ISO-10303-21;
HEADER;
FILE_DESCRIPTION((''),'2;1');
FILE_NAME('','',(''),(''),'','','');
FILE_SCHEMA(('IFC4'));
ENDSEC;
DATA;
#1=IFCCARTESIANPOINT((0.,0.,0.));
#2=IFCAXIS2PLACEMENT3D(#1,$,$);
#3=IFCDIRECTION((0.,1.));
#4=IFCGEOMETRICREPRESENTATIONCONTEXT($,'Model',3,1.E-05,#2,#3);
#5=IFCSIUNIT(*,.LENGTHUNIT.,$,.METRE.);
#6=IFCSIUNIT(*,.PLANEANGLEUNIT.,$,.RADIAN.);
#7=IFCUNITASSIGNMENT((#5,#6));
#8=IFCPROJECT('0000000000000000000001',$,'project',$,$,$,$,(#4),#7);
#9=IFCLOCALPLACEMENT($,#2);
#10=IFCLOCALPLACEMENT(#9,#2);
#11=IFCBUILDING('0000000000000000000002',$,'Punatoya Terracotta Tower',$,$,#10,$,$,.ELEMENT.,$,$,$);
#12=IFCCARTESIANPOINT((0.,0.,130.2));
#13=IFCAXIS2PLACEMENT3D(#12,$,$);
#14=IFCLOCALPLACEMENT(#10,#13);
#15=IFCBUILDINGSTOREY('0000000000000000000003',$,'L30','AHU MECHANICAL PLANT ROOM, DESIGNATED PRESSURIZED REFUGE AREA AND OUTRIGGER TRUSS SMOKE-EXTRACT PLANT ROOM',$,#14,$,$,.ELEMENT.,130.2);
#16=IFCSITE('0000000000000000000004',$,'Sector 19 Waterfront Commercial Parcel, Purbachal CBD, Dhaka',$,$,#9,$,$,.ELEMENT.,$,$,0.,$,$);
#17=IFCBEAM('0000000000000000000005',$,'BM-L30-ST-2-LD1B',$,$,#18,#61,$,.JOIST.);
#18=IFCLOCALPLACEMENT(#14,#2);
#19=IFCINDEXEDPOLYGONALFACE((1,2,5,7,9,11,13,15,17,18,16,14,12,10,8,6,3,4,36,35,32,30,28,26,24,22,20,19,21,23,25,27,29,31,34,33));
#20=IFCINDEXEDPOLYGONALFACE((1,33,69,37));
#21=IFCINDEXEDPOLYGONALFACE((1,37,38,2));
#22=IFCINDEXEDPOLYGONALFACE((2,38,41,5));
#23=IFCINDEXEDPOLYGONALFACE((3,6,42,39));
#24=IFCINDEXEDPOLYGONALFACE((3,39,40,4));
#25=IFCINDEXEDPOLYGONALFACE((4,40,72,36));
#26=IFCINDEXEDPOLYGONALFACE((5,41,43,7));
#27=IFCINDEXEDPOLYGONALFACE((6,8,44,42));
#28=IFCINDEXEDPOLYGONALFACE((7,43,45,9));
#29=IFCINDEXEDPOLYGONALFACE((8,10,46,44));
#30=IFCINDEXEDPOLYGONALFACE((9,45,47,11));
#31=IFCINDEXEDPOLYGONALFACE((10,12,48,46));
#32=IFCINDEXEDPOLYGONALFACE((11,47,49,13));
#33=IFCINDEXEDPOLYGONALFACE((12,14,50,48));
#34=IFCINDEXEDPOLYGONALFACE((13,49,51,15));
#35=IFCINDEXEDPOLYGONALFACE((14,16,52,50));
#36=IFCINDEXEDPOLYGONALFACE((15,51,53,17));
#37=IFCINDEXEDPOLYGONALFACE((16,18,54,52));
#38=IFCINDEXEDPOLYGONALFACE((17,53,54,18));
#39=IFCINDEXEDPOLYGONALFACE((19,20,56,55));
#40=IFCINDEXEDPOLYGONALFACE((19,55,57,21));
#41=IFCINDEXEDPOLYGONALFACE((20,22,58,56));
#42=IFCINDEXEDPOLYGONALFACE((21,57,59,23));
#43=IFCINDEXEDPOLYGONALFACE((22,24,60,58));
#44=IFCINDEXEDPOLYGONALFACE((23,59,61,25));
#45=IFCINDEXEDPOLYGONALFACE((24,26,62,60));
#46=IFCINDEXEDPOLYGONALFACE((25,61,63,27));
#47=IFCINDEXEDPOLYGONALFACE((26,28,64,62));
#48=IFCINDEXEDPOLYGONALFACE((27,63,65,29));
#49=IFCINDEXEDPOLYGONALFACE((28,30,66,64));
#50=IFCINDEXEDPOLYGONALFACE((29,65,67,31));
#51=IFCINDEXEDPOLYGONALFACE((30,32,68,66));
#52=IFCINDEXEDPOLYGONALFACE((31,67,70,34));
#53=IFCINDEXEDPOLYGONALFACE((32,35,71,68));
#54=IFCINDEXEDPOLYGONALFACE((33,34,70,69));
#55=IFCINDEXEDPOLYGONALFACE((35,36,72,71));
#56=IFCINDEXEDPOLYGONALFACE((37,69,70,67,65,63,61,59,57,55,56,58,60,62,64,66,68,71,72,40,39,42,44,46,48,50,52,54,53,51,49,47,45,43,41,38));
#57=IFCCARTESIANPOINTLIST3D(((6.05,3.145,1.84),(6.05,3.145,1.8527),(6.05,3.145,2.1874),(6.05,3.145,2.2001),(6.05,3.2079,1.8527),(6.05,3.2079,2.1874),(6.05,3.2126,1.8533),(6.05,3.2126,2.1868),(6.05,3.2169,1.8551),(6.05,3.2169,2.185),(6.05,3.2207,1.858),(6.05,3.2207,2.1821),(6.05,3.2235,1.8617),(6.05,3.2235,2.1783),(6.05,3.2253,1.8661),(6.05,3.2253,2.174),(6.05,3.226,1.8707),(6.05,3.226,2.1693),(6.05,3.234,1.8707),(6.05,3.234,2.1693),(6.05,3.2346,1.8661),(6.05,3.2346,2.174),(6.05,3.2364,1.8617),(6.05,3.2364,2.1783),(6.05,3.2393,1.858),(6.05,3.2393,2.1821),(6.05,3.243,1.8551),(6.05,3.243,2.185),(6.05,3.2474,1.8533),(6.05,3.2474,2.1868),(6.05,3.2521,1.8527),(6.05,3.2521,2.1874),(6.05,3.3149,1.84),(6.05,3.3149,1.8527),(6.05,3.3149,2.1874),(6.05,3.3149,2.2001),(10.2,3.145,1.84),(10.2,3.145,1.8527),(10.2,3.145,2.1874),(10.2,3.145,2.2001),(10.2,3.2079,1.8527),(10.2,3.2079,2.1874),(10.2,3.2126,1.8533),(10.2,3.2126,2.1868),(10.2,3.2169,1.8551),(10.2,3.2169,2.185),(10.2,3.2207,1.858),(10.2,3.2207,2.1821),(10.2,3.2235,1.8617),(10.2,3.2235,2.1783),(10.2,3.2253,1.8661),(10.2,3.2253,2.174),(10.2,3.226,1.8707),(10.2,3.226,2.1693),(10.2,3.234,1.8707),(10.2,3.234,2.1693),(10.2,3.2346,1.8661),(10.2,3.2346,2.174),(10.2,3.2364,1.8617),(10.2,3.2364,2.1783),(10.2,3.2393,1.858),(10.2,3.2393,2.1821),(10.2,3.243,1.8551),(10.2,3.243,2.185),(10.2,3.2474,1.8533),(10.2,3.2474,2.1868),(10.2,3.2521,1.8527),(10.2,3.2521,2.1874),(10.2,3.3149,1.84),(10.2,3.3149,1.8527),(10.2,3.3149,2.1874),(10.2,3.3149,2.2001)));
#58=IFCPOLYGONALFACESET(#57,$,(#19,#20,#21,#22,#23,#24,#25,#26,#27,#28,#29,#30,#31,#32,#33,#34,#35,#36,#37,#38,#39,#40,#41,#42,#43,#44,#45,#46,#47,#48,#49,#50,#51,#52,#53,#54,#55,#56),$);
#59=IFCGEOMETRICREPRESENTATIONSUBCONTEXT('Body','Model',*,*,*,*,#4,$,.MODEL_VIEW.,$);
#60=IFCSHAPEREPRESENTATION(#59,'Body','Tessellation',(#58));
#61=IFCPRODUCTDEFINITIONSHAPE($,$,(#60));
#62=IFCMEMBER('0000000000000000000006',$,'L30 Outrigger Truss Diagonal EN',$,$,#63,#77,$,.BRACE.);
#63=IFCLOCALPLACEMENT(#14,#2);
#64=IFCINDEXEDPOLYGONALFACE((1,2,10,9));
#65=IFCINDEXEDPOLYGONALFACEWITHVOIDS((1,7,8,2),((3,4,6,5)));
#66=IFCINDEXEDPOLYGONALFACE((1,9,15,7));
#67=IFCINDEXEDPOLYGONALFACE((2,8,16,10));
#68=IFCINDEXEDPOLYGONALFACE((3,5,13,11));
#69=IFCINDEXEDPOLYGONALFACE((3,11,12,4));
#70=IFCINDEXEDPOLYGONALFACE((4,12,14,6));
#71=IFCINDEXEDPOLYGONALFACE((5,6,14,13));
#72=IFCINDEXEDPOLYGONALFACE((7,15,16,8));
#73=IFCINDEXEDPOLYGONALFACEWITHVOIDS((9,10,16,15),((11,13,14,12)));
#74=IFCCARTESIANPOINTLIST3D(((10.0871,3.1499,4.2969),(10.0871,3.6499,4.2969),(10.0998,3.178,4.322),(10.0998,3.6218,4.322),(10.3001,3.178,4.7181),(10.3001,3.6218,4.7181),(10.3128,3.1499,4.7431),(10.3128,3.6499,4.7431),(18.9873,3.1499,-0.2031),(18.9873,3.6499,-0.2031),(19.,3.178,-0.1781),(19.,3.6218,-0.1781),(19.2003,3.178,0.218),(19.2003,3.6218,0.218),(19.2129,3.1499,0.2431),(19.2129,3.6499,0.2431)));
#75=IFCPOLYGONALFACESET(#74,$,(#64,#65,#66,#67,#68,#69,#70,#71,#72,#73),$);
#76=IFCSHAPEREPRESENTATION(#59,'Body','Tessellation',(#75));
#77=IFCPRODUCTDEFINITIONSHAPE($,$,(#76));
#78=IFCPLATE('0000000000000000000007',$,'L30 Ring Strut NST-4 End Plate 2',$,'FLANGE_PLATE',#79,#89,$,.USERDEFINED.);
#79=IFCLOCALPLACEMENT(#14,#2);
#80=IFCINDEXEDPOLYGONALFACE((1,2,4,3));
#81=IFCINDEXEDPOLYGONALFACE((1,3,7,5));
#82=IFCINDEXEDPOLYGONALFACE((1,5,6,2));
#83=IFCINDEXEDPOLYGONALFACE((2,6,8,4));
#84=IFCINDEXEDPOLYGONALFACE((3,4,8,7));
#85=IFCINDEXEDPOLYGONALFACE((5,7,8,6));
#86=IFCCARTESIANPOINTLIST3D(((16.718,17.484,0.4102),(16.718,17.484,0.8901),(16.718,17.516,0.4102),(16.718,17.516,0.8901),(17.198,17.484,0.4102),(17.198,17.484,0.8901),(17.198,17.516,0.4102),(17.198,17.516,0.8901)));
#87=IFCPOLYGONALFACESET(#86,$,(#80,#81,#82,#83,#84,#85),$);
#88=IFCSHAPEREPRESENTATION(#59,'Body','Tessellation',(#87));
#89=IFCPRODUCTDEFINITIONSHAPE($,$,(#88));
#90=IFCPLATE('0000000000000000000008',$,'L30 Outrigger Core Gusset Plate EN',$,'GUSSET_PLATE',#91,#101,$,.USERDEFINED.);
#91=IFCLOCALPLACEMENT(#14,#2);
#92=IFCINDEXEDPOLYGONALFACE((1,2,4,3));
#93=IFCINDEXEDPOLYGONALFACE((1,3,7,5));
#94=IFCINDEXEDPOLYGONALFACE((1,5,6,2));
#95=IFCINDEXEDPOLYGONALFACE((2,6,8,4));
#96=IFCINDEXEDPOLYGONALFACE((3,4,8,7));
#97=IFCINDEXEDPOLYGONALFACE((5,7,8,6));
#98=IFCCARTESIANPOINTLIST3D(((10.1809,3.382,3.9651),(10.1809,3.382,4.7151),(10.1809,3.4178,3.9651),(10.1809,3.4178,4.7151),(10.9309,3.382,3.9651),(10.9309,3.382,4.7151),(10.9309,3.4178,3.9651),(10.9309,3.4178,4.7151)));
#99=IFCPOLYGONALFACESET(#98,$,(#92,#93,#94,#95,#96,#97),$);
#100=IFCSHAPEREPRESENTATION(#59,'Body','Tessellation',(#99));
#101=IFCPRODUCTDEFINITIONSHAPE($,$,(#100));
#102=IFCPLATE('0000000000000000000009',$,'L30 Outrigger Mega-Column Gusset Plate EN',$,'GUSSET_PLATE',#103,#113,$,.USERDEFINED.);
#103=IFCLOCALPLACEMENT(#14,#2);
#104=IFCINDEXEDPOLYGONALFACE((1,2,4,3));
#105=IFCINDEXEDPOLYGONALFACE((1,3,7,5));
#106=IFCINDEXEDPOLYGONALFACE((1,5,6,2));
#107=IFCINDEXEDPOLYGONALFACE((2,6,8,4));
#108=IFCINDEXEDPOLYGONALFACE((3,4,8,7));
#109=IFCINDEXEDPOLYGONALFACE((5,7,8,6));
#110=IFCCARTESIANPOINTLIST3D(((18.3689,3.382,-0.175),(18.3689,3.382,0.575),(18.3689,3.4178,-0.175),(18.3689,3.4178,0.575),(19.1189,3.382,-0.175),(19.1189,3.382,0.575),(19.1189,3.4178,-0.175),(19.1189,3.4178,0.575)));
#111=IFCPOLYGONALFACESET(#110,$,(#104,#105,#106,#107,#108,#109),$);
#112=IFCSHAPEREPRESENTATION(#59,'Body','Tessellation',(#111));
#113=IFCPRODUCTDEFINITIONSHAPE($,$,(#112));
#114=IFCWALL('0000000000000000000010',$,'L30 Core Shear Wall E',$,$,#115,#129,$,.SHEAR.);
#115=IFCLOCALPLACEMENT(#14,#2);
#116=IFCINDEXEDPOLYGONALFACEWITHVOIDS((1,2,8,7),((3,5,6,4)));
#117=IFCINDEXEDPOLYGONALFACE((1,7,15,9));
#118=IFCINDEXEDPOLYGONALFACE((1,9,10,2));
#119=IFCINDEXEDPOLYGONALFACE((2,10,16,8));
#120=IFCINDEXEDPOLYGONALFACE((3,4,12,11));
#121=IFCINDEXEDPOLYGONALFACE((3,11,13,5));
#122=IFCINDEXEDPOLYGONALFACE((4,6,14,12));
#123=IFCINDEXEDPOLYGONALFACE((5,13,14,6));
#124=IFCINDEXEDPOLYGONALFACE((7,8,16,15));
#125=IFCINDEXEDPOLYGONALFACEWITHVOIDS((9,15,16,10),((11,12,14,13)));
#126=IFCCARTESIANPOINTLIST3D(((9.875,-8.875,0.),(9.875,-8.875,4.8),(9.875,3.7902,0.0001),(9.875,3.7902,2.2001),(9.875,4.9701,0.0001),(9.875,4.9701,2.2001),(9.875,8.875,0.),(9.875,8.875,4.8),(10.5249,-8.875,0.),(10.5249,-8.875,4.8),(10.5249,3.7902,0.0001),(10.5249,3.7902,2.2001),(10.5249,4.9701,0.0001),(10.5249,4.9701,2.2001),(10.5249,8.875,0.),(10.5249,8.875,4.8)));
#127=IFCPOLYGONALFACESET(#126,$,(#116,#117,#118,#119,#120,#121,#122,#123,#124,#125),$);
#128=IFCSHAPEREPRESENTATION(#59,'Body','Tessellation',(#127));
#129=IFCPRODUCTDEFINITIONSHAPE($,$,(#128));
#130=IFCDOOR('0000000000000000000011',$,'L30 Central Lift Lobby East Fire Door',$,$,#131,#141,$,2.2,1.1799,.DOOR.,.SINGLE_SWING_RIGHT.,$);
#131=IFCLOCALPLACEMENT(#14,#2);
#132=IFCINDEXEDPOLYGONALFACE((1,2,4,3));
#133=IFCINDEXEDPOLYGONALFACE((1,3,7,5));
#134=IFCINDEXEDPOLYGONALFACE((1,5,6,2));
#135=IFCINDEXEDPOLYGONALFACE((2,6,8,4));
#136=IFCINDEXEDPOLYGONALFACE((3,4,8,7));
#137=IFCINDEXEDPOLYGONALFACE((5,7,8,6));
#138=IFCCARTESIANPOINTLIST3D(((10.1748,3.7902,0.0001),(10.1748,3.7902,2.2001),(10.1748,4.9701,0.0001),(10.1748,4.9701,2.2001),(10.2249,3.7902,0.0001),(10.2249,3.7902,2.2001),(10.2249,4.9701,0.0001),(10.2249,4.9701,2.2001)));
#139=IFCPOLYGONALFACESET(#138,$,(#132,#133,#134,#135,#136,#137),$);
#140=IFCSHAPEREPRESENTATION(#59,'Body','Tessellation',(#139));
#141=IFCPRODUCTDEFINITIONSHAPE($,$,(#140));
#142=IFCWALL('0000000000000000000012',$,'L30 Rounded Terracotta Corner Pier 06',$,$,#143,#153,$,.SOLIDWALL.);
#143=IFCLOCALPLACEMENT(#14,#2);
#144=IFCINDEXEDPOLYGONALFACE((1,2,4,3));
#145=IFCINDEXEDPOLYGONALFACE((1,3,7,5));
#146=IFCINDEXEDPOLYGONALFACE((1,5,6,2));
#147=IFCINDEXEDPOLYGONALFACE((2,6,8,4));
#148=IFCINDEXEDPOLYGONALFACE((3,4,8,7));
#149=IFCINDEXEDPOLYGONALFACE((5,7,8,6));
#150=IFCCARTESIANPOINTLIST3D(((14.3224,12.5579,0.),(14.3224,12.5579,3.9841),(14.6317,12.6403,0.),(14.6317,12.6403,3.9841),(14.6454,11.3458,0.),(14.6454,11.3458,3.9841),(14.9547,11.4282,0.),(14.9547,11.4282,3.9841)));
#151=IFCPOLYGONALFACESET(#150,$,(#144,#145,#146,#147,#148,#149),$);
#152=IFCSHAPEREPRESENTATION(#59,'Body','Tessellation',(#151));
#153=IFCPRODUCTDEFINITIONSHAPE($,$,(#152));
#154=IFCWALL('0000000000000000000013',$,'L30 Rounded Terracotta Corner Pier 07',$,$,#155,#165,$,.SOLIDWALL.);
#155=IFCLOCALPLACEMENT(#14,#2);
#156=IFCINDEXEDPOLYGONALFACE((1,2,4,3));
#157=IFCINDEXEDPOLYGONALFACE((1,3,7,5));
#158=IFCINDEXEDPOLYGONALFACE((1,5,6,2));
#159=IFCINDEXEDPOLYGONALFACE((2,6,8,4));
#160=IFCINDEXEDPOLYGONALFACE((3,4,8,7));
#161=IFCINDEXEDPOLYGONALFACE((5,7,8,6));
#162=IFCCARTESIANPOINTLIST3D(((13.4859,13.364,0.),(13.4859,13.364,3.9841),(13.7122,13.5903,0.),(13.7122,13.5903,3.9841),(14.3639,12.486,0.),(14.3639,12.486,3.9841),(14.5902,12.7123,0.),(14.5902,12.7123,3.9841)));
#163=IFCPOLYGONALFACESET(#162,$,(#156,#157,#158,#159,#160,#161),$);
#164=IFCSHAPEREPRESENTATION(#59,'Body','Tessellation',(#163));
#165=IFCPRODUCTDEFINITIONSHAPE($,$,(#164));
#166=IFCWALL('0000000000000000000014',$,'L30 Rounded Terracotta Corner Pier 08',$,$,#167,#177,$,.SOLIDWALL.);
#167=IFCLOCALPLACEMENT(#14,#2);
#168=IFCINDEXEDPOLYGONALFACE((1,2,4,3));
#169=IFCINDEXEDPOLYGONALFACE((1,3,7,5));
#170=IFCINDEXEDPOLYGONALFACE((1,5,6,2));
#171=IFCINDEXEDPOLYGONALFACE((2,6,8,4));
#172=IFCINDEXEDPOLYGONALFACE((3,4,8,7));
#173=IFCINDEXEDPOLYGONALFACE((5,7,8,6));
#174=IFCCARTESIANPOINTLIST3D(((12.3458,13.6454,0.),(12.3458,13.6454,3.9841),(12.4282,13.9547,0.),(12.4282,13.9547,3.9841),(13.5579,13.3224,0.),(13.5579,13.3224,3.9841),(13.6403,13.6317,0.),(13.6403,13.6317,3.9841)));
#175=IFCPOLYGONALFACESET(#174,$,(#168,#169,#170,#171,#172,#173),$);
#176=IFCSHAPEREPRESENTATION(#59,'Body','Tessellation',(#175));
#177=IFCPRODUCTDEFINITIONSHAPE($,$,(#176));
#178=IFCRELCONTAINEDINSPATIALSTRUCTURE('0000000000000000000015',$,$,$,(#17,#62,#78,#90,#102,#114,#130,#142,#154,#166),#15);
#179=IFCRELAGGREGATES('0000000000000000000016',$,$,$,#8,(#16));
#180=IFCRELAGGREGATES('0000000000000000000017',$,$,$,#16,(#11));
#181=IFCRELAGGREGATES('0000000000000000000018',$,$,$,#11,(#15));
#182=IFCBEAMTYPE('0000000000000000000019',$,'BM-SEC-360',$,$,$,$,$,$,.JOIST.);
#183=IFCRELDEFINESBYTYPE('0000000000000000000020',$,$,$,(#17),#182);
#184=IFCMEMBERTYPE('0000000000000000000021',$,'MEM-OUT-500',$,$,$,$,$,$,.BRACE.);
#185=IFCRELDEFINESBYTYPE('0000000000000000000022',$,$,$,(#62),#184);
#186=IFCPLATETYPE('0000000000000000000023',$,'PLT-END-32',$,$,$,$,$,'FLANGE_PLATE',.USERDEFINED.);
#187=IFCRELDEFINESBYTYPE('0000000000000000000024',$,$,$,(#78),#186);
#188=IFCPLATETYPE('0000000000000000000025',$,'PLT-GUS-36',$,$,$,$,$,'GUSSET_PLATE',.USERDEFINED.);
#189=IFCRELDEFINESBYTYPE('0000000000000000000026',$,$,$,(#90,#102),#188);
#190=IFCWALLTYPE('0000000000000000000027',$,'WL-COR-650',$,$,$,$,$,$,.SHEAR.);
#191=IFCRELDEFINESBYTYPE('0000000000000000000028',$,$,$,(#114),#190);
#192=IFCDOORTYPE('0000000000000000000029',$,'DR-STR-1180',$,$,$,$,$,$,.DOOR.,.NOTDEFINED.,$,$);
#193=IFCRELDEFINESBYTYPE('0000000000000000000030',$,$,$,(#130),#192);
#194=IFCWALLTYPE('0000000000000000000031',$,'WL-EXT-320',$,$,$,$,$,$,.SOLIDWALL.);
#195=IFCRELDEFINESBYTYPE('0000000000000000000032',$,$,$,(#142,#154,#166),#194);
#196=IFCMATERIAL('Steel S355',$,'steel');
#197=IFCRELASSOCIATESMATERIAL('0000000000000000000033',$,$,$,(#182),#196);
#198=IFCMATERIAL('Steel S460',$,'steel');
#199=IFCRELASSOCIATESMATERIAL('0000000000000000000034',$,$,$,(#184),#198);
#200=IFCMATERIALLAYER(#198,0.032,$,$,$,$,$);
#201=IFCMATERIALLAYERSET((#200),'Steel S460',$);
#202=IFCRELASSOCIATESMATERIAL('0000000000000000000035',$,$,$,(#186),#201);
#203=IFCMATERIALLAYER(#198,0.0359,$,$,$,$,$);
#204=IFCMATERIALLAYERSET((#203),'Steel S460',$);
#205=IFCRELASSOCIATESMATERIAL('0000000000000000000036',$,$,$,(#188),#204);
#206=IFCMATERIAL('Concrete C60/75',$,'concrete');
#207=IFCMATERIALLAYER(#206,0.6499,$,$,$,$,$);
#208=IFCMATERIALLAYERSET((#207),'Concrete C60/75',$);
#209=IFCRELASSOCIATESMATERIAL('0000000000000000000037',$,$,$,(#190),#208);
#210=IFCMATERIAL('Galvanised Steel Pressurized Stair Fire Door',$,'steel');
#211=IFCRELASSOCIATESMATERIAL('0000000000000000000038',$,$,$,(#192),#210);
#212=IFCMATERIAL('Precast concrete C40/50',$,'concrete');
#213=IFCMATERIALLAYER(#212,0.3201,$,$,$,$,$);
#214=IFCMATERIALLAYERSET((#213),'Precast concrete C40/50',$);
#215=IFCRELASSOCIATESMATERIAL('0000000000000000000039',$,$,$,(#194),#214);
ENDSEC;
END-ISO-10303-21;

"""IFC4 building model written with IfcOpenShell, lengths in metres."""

from ifc_helpers import new_model, si_unit, direction, frame, frame_2d, origin, origin_2d, place, context, subcontext, project, spatial, rectangle, hollow_rectangle, i_section, extrude, material, layer, layer_set, material_profile, profile_set, type_object, element, fill, save


model = new_model("IFC4")

# Units and contexts
model_context = context("Model", 3, precision=1e-05, world=origin(), true_north=direction((0.0, 1.0)))
body_context = subcontext(model_context, "Body", "Model", "MODEL_VIEW")
ifc_project = project(units=[si_unit("LENGTHUNIT", "METRE"), si_unit("PLANEANGLEUNIT", "RADIAN")], contexts=[model_context])

# Site, building, storey
site_placement = place(None, origin())
site = spatial("IfcSite", under=ifc_project, at=site_placement, Name="Sector 19 Waterfront Commercial Parcel, Purbachal CBD, Dhaka", CompositionType="ELEMENT", RefElevation=0.0)
building_placement = place(site_placement, origin())
building = spatial("IfcBuilding", under=site, at=building_placement, Name="Punatoya Terracotta Tower", CompositionType="ELEMENT")
storey_placement = place(building_placement, frame((0.0, 0.0, 130.2)))
storey = spatial("IfcBuildingStorey", under=building, at=storey_placement, Name="L30", Description="AHU MECHANICAL PLANT ROOM, DESIGNATED PRESSURIZED REFUGE AREA AND OUTRIGGER TRUSS SMOKE-EXTRACT PLANT ROOM", CompositionType="ELEMENT", Elevation=130.2)

# Shared definitions
ifc_material_1 = material(Name="Steel S460", Category="steel")

# Beam
ifc_material_2 = material(Name="Steel S355", Category="steel")
ifc_material_profile_1 = material_profile(ifc_material_2, i_section(OverallWidth=0.1699, OverallDepth=0.3601, WebThickness=0.0081, FlangeThickness=0.0127, FilletRadius=0.0181, at=origin_2d()))
ifc_profile_set_1 = profile_set([ifc_material_profile_1], Name="Steel S355")
beam_type_1 = type_object("IfcBeamType", Name="BM-SEC-360", PredefinedType="JOIST", material=ifc_profile_set_1)
for number, where, z_axis, x_axis, name in (
    (1, (6.05, 3.23, 2.02), (1.0, 0.0, 0.0), (0.0, 1.0, 0.0), "BM-L30-ST-2-LD1B"),
):
    element("IfcBeam", number, at=place(storey_placement, frame(where, z_axis=z_axis, x_axis=x_axis)), inside=storey, type_object=beam_type_1, Name=name, PredefinedType="JOIST", context=body_context, shape_type="SweptSolid", body=[
        extrude(i_section(OverallWidth=0.1699, OverallDepth=0.3601, WebThickness=0.0081, FlangeThickness=0.0127, FilletRadius=0.0181, at=origin_2d()), origin(), (0.0, 0.0, 1.0), 4.1499),
    ])

# Member
ifc_material_profile_2 = material_profile(ifc_material_1, hollow_rectangle(XDim=0.5, YDim=0.5, WallThickness=0.0281, at=origin_2d()))
ifc_profile_set_2 = profile_set([ifc_material_profile_2], Name="Steel S460")
member_type = type_object("IfcMemberType", Name="MEM-OUT-500", PredefinedType="BRACE", material=ifc_profile_set_2)
member_placement = place(storey_placement, frame((10.2, 3.3999, 4.52), z_axis=(0.892416, 0.0, -0.451214), x_axis=(0.0, 1.0, 0.0)))
element("IfcMember", 2, at=member_placement, inside=storey, type_object=member_type, Name="L30 Outrigger Truss Diagonal EN", PredefinedType="BRACE", context=body_context, shape_type="SweptSolid", body=[
    extrude(hollow_rectangle(XDim=0.5, YDim=0.5, WallThickness=0.0281, at=origin_2d()), origin(), (0.0, 0.0, 1.0), 9.9731),
])

# Plates
ifc_layer_1 = layer(ifc_material_1, 0.032)
ifc_layer_set_1 = layer_set([ifc_layer_1], Name="Steel S460")
plate_type_1 = type_object("IfcPlateType", Name="PLT-END-32", ElementType="FLANGE_PLATE", PredefinedType="USERDEFINED", material=ifc_layer_set_1)
plate_placement = place(storey_placement, frame((16.958, 17.5, 0.4102), z_axis=(0.0, 0.0, 1.0), x_axis=(1.0, 0.0, 0.0)))
element("IfcPlate", 3, at=plate_placement, inside=storey, type_object=plate_type_1, Name="L30 Ring Strut NST-4 End Plate 2", ObjectType="FLANGE_PLATE", PredefinedType="USERDEFINED", context=body_context, shape_type="SweptSolid", body=[
    extrude(rectangle(XDim=0.48, YDim=0.032, at=origin_2d()), origin(), (0.0, 0.0, 1.0), 0.48),
])
ifc_layer_2 = layer(ifc_material_1, 0.0359)
ifc_layer_set_2 = layer_set([ifc_layer_2], Name="Steel S460")
plate_type_2 = type_object("IfcPlateType", Name="PLT-GUS-36", ElementType="GUSSET_PLATE", PredefinedType="USERDEFINED", material=ifc_layer_set_2)
for number, where, z_axis, x_axis, name in (
    (4, (10.5559, 3.3999, 3.9651), (0.0, 0.0, 1.0), (1.0, 0.0, 0.0), "L30 Outrigger Core Gusset Plate EN"),
    (5, (18.7439, 3.3999, -0.175), (0.0, 0.0, 1.0), (1.0, 0.0, 0.0), "L30 Outrigger Mega-Column Gusset Plate EN"),
):
    element("IfcPlate", number, at=place(storey_placement, frame(where, z_axis=z_axis, x_axis=x_axis)), inside=storey, type_object=plate_type_2, Name=name, ObjectType="GUSSET_PLATE", PredefinedType="USERDEFINED", context=body_context, shape_type="SweptSolid", body=[
        extrude(rectangle(XDim=0.75, YDim=0.0359, at=origin_2d()), origin(), (0.0, 0.0, 1.0), 0.75),
    ])

# Wall, opening, door
ifc_material_3 = material(Name="Concrete C60/75", Category="concrete")
ifc_layer_3 = layer(ifc_material_3, 0.6499)
ifc_layer_set_3 = layer_set([ifc_layer_3], Name="Concrete C60/75")
wall_type_1 = type_object("IfcWallType", Name="WL-COR-650", PredefinedType="SHEAR", material=ifc_layer_set_3)
wall_1_placement = place(storey_placement, frame((10.2, 8.875, 0.0), z_axis=(0.0, 0.0, 1.0), x_axis=(0.0, -1.0, 0.0)))
wall_1 = element("IfcWall", 6, at=wall_1_placement, inside=storey, type_object=wall_type_1, Name="L30 Core Shear Wall E", PredefinedType="SHEAR", context=body_context, shape_type="SweptSolid", body=[
    extrude(rectangle(XDim=17.75, YDim=0.6499, at=frame_2d((8.875, 0.0))), origin(), (0.0, 0.0, 1.0), 4.8),
])
opening_1_placement = place(wall_1_placement, frame((3.905, 0.0, 0.0)))
opening_1 = element("IfcOpeningElement", 7, at=opening_1_placement, cuts=wall_1, PredefinedType="OPENING", context=body_context, shape_type="SweptSolid", body=[
    extrude(rectangle(XDim=1.1799, YDim=2.2, at=frame_2d((0.5898, 1.1001))), frame((0.0, 0.335, 0.0), z_axis=(0.0, -1.0, 0.0), x_axis=(1.0, 0.0, 0.0)), (0.0, 0.0, 1.0), 0.6699),
])
ifc_material_4 = material(Name="Galvanised Steel Pressurized Stair Fire Door", Category="steel")
door_type_1 = type_object("IfcDoorType", Name="DR-STR-1180", OperationType="NOTDEFINED", PredefinedType="DOOR", material=ifc_material_4)
door_1_placement = place(opening_1_placement, origin())
door_1 = element("IfcDoor", 8, at=door_1_placement, inside=storey, type_object=door_type_1, Name="L30 Central Lift Lobby East Fire Door", OperationType="SINGLE_SWING_RIGHT", OverallHeight=2.2, OverallWidth=1.1799, PredefinedType="DOOR", context=body_context, shape_type="SweptSolid", body=[
    extrude(rectangle(XDim=1.1799, YDim=2.2, at=frame_2d((0.5898, 1.1001))), frame((0.0, 0.0249, 0.0), z_axis=(0.0, -1.0, 0.0), x_axis=(1.0, 0.0, 0.0)), (0.0, 0.0, 1.0), 0.05),
])
fill(opening_1, door_1)

# Walls
ifc_material_5 = material(Name="Precast concrete C40/50", Category="concrete")
ifc_layer_4 = layer(ifc_material_5, 0.3201)
ifc_layer_set_4 = layer_set([ifc_layer_4], Name="Precast concrete C40/50")
wall_type_2 = type_object("IfcWallType", Name="WL-EXT-320", PredefinedType="SOLIDWALL", material=ifc_layer_set_4)
wall_2_placement = place(storey_placement, frame((14.8, 11.387, 0.0), z_axis=(0.0, 0.0, 1.0), x_axis=(-0.257481, 0.966283, 0.0)))
element("IfcWall", 9, at=wall_2_placement, inside=storey, type_object=wall_type_2, Name="L30 Rounded Terracotta Corner Pier 06", PredefinedType="SOLIDWALL", context=body_context, shape_type="SweptSolid", body=[
    extrude(rectangle(XDim=1.2544, YDim=0.3201, at=frame_2d((0.6272, 0.0))), origin(), (0.0, 0.0, 1.0), 3.9841),
])
wall_3_placement = place(storey_placement, frame((14.4771, 12.5991, 0.0), z_axis=(0.0, 0.0, 1.0), x_axis=(-0.707107, 0.707107, 0.0)))
element("IfcWall", 10, at=wall_3_placement, inside=storey, type_object=wall_type_2, Name="L30 Rounded Terracotta Corner Pier 07", PredefinedType="SOLIDWALL", context=body_context, shape_type="SweptSolid", body=[
    extrude(rectangle(XDim=1.2417, YDim=0.3201, at=frame_2d((0.6208, 0.0))), origin(), (0.0, 0.0, 1.0), 3.9841),
])
wall_4_placement = place(storey_placement, frame((13.5991, 13.4771, 0.0), z_axis=(0.0, 0.0, 1.0), x_axis=(-0.966283, 0.257481, 0.0)))
element("IfcWall", 11, at=wall_4_placement, inside=storey, type_object=wall_type_2, Name="L30 Rounded Terracotta Corner Pier 08", PredefinedType="SOLIDWALL", context=body_context, shape_type="SweptSolid", body=[
    extrude(rectangle(XDim=1.2544, YDim=0.3201, at=frame_2d((0.6272, 0.0))), origin(), (0.0, 0.0, 1.0), 3.9841),
])

save(model, "model.ifc")
